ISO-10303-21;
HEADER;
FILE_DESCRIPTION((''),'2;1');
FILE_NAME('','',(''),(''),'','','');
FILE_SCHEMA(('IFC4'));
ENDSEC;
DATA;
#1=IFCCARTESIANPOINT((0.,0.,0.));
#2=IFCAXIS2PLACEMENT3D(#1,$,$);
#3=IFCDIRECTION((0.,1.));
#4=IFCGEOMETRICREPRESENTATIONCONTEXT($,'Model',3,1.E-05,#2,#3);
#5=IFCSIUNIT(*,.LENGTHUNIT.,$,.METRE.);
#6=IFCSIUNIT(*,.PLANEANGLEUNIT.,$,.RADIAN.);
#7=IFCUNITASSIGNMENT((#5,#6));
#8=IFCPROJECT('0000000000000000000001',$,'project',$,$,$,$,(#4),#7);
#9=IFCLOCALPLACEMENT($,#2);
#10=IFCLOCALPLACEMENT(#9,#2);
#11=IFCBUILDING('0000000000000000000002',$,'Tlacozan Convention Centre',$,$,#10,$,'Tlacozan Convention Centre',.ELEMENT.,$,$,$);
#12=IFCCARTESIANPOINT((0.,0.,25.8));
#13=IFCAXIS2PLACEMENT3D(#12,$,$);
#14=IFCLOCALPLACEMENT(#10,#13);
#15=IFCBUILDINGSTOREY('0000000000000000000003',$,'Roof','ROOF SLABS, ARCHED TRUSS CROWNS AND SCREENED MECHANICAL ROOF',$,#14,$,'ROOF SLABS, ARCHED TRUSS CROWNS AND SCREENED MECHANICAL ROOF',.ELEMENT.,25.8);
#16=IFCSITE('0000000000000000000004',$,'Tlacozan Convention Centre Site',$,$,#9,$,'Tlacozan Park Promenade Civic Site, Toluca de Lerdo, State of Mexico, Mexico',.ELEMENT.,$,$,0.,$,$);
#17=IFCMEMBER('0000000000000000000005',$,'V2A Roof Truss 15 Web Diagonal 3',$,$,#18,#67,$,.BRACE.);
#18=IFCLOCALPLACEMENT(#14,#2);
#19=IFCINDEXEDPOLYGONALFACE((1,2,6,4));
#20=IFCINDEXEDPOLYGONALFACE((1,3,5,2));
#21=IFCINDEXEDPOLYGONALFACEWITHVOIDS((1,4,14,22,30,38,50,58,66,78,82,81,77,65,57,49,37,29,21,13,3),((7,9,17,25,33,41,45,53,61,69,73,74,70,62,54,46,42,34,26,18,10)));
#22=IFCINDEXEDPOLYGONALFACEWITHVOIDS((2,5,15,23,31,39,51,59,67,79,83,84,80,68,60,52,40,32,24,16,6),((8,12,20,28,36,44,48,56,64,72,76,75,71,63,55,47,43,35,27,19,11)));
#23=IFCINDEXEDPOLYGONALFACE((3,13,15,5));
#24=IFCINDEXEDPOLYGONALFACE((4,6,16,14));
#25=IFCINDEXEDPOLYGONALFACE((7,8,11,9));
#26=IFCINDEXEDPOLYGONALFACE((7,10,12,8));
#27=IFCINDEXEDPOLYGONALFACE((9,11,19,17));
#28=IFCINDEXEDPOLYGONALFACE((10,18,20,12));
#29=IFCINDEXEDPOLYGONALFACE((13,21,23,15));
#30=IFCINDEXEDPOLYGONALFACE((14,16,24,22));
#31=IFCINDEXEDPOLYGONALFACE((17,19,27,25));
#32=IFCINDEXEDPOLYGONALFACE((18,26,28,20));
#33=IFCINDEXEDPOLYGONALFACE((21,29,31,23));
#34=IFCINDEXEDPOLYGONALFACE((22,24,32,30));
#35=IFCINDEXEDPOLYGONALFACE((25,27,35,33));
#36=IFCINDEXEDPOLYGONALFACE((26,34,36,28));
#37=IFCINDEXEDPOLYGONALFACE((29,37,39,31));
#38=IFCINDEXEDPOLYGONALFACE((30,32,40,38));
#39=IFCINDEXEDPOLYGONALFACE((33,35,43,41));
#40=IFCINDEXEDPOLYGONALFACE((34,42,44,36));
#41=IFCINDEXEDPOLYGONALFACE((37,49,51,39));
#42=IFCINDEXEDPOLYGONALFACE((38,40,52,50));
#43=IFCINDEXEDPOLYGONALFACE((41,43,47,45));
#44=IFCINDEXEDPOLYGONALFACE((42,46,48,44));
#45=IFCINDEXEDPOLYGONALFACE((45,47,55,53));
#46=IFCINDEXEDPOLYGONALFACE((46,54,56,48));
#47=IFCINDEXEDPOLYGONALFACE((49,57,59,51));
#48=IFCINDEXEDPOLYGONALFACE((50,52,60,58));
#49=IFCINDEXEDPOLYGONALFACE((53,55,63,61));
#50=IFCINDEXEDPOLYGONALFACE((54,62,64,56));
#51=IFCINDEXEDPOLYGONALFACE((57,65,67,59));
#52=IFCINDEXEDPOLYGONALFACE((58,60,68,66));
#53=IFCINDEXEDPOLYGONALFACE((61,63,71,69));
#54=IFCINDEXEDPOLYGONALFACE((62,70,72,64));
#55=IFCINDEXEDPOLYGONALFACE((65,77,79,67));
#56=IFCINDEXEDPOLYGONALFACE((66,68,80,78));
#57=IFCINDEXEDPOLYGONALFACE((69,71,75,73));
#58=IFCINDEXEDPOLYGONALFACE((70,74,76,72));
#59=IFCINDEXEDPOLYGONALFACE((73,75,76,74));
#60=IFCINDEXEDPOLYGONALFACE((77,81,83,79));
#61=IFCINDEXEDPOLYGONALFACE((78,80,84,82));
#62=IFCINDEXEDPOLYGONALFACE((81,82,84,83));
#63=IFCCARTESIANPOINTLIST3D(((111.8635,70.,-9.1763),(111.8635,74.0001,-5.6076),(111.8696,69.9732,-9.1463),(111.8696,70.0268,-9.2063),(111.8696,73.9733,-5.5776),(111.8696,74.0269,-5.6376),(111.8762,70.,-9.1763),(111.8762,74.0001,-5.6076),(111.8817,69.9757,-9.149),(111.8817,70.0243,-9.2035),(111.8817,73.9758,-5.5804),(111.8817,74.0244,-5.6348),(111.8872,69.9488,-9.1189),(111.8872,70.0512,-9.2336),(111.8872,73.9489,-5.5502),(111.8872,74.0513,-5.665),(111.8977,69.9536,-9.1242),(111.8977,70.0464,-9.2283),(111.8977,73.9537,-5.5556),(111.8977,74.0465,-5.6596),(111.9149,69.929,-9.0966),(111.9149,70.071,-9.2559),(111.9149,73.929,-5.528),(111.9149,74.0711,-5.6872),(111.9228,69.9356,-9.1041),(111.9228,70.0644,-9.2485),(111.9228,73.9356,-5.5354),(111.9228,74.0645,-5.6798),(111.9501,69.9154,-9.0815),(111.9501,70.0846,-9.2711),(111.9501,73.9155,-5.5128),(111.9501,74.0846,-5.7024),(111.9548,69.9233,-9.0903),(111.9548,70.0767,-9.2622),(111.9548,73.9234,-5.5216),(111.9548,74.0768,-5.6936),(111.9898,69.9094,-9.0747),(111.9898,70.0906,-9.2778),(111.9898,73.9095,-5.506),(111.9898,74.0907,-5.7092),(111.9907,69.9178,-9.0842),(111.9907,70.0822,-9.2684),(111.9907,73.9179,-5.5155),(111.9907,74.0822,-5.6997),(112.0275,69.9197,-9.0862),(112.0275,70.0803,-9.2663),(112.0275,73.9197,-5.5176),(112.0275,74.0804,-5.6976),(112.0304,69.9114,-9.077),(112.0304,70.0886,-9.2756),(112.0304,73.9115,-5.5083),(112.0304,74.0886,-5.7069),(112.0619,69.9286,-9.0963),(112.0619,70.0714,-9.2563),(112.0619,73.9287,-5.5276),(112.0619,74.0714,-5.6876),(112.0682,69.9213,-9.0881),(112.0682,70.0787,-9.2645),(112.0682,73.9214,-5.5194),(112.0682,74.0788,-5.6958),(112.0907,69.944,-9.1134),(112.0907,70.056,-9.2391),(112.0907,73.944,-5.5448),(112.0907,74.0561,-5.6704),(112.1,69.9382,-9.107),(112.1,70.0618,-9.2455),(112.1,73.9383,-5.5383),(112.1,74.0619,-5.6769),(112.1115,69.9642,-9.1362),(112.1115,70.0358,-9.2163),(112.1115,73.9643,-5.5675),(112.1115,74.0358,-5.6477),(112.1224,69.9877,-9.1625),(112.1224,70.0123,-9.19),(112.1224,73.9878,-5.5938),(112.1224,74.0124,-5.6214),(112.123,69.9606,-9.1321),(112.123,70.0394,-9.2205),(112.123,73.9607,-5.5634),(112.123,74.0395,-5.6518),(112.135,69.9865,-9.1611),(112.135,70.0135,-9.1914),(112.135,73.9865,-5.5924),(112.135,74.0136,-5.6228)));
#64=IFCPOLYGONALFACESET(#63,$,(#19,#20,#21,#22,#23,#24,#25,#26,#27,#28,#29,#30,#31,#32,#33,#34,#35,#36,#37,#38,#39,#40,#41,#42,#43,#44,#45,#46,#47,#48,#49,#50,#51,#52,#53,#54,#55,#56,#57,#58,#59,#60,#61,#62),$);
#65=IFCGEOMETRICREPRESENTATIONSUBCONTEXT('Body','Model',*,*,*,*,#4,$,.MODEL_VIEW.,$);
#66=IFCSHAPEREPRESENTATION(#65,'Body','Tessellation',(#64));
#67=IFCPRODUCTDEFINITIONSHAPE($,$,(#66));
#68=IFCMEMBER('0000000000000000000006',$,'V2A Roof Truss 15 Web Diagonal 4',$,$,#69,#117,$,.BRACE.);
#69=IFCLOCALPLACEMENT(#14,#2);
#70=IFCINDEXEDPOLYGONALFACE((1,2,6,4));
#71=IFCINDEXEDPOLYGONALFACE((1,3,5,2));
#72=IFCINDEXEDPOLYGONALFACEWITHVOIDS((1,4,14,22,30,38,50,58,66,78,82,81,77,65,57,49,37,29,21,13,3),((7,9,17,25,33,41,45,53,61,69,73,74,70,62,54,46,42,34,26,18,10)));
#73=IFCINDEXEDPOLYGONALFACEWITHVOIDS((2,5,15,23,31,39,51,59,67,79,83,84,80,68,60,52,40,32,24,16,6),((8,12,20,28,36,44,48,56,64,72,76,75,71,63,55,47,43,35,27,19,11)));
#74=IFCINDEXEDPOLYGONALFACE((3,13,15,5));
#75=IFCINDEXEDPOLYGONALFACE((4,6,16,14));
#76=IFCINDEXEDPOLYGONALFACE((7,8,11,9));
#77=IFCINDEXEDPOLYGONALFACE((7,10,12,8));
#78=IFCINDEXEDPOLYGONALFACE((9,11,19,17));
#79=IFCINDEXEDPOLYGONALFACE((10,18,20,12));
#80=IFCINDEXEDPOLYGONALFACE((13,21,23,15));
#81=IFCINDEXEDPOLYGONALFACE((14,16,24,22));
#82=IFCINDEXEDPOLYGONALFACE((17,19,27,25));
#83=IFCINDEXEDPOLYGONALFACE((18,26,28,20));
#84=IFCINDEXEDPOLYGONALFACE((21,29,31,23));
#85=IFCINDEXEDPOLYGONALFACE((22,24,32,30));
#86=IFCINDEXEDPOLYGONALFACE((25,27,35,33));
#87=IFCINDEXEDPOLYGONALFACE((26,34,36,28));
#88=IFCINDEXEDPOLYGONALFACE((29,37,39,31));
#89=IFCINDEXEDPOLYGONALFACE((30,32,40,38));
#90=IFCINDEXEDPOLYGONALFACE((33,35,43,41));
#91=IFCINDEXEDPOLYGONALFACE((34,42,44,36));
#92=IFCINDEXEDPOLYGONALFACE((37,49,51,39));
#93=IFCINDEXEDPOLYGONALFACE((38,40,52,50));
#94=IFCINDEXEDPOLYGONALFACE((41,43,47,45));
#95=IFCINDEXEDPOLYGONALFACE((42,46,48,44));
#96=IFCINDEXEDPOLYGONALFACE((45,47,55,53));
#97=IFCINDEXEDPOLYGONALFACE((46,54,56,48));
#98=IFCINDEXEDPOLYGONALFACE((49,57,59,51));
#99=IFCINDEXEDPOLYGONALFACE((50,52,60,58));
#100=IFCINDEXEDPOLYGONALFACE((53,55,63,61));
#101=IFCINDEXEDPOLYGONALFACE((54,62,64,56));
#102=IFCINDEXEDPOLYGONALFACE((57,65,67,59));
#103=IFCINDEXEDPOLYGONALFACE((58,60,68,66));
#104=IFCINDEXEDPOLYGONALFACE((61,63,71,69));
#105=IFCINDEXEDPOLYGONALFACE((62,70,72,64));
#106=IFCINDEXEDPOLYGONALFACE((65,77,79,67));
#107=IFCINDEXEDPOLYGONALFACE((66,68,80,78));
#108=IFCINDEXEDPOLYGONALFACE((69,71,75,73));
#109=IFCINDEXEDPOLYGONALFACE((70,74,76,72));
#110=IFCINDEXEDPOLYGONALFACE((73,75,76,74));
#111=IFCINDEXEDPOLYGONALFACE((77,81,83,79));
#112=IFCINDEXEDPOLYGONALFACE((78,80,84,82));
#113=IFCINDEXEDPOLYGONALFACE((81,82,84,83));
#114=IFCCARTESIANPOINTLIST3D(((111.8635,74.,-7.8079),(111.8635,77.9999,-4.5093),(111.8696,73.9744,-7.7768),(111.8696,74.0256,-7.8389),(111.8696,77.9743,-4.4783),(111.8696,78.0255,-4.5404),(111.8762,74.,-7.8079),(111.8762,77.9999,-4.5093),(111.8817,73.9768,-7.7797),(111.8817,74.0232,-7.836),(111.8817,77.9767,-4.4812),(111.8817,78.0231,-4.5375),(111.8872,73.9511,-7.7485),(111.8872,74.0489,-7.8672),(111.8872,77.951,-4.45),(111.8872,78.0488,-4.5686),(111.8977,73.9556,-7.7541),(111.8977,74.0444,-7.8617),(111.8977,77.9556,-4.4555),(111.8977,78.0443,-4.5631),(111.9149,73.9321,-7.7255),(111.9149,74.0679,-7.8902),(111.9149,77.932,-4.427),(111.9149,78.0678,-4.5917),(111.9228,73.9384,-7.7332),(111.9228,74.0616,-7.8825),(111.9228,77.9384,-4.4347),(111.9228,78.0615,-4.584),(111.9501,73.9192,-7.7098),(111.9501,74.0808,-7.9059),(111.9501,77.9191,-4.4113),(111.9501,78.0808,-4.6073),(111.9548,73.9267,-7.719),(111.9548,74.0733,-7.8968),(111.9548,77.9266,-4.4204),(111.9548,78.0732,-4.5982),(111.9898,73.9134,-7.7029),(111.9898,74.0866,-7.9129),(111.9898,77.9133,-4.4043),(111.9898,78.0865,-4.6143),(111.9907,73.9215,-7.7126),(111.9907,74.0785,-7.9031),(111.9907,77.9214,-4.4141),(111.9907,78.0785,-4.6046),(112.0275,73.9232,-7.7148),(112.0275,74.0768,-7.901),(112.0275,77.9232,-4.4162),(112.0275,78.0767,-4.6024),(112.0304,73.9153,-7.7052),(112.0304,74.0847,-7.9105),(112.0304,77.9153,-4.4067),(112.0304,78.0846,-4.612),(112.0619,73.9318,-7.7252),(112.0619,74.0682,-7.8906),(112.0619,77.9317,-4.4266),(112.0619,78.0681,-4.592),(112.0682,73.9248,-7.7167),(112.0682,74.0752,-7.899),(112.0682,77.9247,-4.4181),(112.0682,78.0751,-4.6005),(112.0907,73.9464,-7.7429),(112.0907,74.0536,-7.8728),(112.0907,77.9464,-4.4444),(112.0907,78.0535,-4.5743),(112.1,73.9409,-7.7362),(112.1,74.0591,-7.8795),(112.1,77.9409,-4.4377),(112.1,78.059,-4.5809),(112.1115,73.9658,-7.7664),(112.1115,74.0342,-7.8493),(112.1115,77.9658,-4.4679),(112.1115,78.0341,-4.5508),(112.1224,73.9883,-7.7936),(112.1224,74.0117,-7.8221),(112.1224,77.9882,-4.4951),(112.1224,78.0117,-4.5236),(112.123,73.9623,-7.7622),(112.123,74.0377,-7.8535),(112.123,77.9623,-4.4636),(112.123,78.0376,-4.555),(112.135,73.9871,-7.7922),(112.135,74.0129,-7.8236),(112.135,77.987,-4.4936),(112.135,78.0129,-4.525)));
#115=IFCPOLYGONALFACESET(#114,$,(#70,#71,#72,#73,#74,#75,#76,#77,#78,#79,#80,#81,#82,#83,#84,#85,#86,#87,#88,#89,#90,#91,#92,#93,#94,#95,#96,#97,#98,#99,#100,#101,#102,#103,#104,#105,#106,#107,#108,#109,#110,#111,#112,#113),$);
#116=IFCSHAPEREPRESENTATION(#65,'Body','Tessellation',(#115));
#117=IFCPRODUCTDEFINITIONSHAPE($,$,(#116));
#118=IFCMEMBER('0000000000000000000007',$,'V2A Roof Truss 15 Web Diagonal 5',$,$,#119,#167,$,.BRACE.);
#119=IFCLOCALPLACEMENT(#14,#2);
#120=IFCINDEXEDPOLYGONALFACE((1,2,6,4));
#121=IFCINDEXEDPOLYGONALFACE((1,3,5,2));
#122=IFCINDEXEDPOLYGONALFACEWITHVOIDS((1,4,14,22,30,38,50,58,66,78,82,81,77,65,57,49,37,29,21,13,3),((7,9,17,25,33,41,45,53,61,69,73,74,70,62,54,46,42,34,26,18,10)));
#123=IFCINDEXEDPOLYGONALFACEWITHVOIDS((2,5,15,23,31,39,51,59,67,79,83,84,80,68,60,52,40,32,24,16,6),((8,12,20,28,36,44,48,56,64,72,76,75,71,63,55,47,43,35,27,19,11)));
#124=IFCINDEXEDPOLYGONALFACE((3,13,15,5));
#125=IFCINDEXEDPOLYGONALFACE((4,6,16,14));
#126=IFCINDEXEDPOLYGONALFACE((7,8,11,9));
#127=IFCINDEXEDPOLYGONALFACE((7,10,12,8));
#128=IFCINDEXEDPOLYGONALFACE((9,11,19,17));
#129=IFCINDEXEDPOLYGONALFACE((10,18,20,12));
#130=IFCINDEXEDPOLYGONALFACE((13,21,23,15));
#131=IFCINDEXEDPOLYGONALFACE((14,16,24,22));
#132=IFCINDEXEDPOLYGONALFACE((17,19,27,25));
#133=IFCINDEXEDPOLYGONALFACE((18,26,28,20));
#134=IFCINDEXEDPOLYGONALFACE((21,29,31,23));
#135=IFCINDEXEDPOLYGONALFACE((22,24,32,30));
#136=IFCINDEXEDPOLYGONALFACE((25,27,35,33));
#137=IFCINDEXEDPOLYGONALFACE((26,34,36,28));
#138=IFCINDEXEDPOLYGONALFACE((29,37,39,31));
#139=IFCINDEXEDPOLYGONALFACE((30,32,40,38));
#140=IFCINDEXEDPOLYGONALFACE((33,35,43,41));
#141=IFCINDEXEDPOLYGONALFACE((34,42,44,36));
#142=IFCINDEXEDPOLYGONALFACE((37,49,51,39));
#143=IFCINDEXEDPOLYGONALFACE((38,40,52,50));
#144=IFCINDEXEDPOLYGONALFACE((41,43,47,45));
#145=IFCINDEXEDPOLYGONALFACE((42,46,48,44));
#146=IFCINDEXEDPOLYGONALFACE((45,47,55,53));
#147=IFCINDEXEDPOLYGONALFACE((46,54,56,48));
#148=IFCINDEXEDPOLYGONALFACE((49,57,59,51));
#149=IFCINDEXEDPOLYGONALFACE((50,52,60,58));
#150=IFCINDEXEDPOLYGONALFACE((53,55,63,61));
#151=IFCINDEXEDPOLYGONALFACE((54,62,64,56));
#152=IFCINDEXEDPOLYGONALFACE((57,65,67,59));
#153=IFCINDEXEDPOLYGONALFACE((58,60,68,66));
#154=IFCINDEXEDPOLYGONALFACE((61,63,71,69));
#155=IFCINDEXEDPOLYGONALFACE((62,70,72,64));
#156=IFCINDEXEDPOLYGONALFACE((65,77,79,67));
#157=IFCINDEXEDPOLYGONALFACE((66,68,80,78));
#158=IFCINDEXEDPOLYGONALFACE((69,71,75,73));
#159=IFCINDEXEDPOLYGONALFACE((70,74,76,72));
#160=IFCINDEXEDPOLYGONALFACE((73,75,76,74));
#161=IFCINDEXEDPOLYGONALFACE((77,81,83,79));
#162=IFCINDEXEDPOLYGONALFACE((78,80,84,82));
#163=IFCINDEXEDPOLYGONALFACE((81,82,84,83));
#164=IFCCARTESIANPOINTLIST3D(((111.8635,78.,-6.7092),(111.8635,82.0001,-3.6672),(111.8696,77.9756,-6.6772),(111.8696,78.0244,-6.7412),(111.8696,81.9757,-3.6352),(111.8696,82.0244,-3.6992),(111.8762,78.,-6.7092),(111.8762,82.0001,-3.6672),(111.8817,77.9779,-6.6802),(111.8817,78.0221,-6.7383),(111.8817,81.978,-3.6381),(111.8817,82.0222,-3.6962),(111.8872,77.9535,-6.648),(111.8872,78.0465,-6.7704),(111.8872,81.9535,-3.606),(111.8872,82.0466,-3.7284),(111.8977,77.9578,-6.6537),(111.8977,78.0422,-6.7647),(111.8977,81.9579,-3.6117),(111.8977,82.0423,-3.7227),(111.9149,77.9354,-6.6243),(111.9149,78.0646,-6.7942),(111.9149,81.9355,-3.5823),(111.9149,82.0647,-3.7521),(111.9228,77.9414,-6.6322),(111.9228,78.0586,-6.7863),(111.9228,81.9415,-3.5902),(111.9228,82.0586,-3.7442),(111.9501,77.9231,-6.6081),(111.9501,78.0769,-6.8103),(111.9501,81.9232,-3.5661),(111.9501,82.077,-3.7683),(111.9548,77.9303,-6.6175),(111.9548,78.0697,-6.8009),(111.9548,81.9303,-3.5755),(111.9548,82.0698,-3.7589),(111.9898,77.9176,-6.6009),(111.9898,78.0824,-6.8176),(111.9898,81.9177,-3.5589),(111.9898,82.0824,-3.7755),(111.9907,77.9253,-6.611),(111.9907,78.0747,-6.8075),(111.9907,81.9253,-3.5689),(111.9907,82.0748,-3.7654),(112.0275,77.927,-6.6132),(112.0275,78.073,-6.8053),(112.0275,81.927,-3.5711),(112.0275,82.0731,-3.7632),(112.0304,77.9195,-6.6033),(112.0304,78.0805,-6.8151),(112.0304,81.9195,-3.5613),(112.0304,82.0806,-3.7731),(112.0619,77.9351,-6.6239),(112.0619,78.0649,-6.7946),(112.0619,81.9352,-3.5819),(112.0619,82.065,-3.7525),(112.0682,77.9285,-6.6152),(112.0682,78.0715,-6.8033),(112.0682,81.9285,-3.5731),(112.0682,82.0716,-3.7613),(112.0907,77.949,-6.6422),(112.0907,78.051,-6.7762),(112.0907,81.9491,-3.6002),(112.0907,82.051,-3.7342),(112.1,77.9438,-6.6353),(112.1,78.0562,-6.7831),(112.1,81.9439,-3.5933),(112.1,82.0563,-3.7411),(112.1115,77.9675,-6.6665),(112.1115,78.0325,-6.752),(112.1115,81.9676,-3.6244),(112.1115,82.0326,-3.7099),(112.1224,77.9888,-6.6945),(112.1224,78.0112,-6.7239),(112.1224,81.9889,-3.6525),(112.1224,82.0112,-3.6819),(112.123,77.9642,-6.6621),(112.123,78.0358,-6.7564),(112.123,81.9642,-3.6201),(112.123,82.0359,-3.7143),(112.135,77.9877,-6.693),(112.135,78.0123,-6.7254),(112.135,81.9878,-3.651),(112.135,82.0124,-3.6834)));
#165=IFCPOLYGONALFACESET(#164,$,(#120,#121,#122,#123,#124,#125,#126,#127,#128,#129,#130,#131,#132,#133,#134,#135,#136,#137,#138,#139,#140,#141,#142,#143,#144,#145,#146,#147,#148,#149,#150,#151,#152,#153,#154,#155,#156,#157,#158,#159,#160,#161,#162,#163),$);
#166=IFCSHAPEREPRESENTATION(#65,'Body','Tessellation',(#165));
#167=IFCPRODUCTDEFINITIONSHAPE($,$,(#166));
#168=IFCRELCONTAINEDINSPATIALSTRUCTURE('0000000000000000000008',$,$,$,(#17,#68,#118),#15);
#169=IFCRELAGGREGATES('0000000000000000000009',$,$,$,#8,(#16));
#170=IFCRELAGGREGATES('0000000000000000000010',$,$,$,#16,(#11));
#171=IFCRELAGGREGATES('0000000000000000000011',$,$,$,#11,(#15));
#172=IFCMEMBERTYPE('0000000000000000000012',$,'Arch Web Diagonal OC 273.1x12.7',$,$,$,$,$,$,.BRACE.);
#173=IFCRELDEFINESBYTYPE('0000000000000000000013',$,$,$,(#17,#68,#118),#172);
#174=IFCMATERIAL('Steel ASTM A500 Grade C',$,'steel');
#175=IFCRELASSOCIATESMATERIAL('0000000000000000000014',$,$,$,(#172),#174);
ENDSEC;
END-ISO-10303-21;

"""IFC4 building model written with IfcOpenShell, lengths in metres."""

from ifc_helpers import new_model, si_unit, direction, frame, origin, origin_2d, place, context, subcontext, project, spatial, hollow_circle, extrude, material, material_profile, profile_set, type_object, element, save


model = new_model("IFC4")

# Units and contexts
model_context = context("Model", 3, precision=1e-05, world=origin(), true_north=direction((0.0, 1.0)))
body_context = subcontext(model_context, "Body", "Model", "MODEL_VIEW")
ifc_project = project(units=[si_unit("LENGTHUNIT", "METRE"), si_unit("PLANEANGLEUNIT", "RADIAN")], contexts=[model_context])

# Site, building, storey
site_placement = place(None, origin())
site = spatial("IfcSite", under=ifc_project, at=site_placement, Name="Tlacozan Convention Centre Site", LongName="Tlacozan Park Promenade Civic Site, Toluca de Lerdo, State of Mexico, Mexico", CompositionType="ELEMENT", RefElevation=0.0)
building_placement = place(site_placement, origin())
building = spatial("IfcBuilding", under=site, at=building_placement, Name="Tlacozan Convention Centre", LongName="Tlacozan Convention Centre", CompositionType="ELEMENT")
storey_placement = place(building_placement, frame((0.0, 0.0, 25.8)))
storey = spatial("IfcBuildingStorey", under=building, at=storey_placement, Name="Roof", Description="ROOF SLABS, ARCHED TRUSS CROWNS AND SCREENED MECHANICAL ROOF", LongName="ROOF SLABS, ARCHED TRUSS CROWNS AND SCREENED MECHANICAL ROOF", CompositionType="ELEMENT", Elevation=25.8)

# Members
ifc_material_1 = material(Name="Steel ASTM A500 Grade C", Category="steel")
ifc_material_profile_1 = material_profile(ifc_material_1, hollow_circle(Radius=0.1365, WallThickness=0.0127, at=origin_2d()), Name="OC 273.1x12.7")
ifc_profile_set_1 = profile_set([ifc_material_profile_1], Name="Steel ASTM A500 Grade C")
member_type_1 = type_object("IfcMemberType", Name="Arch Web Diagonal OC 273.1x12.7", PredefinedType="BRACE", material=ifc_profile_set_1)
member_1_placement = place(storey_placement, frame((112.0, 70.0, -9.1763), z_axis=(0.0, 0.746199, 0.665722), x_axis=(-1.0, 0.0, 0.0)))
element("IfcMember", 1, at=member_1_placement, inside=storey, type_object=member_type_1, Name="V2A Roof Truss 15 Web Diagonal 3", PredefinedType="BRACE", context=body_context, shape_type="SweptSolid", body=[
    extrude(hollow_circle(Radius=0.1365, WallThickness=0.0127, at=origin_2d()), origin(), (0.0, 0.0, 1.0), 5.3606),
])
member_2_placement = place(storey_placement, frame((112.0, 74.0, -7.8079), z_axis=(0.0, 0.771507, 0.63622), x_axis=(-1.0, 0.0, 0.0)))
element("IfcMember", 2, at=member_2_placement, inside=storey, type_object=member_type_1, Name="V2A Roof Truss 15 Web Diagonal 4", PredefinedType="BRACE", context=body_context, shape_type="SweptSolid", body=[
    extrude(hollow_circle(Radius=0.1365, WallThickness=0.0127, at=origin_2d()), origin(), (0.0, 0.0, 1.0), 5.1846),
])
member_3_placement = place(storey_placement, frame((112.0, 78.0, -6.7092), z_axis=(0.0, 0.795971, 0.605335), x_axis=(-1.0, 0.0, 0.0)))
element("IfcMember", 3, at=member_3_placement, inside=storey, type_object=member_type_1, Name="V2A Roof Truss 15 Web Diagonal 5", PredefinedType="BRACE", context=body_context, shape_type="SweptSolid", body=[
    extrude(hollow_circle(Radius=0.1365, WallThickness=0.0127, at=origin_2d()), origin(), (0.0, 0.0, 1.0), 5.0254),
])

save(model, "model.ifc")
